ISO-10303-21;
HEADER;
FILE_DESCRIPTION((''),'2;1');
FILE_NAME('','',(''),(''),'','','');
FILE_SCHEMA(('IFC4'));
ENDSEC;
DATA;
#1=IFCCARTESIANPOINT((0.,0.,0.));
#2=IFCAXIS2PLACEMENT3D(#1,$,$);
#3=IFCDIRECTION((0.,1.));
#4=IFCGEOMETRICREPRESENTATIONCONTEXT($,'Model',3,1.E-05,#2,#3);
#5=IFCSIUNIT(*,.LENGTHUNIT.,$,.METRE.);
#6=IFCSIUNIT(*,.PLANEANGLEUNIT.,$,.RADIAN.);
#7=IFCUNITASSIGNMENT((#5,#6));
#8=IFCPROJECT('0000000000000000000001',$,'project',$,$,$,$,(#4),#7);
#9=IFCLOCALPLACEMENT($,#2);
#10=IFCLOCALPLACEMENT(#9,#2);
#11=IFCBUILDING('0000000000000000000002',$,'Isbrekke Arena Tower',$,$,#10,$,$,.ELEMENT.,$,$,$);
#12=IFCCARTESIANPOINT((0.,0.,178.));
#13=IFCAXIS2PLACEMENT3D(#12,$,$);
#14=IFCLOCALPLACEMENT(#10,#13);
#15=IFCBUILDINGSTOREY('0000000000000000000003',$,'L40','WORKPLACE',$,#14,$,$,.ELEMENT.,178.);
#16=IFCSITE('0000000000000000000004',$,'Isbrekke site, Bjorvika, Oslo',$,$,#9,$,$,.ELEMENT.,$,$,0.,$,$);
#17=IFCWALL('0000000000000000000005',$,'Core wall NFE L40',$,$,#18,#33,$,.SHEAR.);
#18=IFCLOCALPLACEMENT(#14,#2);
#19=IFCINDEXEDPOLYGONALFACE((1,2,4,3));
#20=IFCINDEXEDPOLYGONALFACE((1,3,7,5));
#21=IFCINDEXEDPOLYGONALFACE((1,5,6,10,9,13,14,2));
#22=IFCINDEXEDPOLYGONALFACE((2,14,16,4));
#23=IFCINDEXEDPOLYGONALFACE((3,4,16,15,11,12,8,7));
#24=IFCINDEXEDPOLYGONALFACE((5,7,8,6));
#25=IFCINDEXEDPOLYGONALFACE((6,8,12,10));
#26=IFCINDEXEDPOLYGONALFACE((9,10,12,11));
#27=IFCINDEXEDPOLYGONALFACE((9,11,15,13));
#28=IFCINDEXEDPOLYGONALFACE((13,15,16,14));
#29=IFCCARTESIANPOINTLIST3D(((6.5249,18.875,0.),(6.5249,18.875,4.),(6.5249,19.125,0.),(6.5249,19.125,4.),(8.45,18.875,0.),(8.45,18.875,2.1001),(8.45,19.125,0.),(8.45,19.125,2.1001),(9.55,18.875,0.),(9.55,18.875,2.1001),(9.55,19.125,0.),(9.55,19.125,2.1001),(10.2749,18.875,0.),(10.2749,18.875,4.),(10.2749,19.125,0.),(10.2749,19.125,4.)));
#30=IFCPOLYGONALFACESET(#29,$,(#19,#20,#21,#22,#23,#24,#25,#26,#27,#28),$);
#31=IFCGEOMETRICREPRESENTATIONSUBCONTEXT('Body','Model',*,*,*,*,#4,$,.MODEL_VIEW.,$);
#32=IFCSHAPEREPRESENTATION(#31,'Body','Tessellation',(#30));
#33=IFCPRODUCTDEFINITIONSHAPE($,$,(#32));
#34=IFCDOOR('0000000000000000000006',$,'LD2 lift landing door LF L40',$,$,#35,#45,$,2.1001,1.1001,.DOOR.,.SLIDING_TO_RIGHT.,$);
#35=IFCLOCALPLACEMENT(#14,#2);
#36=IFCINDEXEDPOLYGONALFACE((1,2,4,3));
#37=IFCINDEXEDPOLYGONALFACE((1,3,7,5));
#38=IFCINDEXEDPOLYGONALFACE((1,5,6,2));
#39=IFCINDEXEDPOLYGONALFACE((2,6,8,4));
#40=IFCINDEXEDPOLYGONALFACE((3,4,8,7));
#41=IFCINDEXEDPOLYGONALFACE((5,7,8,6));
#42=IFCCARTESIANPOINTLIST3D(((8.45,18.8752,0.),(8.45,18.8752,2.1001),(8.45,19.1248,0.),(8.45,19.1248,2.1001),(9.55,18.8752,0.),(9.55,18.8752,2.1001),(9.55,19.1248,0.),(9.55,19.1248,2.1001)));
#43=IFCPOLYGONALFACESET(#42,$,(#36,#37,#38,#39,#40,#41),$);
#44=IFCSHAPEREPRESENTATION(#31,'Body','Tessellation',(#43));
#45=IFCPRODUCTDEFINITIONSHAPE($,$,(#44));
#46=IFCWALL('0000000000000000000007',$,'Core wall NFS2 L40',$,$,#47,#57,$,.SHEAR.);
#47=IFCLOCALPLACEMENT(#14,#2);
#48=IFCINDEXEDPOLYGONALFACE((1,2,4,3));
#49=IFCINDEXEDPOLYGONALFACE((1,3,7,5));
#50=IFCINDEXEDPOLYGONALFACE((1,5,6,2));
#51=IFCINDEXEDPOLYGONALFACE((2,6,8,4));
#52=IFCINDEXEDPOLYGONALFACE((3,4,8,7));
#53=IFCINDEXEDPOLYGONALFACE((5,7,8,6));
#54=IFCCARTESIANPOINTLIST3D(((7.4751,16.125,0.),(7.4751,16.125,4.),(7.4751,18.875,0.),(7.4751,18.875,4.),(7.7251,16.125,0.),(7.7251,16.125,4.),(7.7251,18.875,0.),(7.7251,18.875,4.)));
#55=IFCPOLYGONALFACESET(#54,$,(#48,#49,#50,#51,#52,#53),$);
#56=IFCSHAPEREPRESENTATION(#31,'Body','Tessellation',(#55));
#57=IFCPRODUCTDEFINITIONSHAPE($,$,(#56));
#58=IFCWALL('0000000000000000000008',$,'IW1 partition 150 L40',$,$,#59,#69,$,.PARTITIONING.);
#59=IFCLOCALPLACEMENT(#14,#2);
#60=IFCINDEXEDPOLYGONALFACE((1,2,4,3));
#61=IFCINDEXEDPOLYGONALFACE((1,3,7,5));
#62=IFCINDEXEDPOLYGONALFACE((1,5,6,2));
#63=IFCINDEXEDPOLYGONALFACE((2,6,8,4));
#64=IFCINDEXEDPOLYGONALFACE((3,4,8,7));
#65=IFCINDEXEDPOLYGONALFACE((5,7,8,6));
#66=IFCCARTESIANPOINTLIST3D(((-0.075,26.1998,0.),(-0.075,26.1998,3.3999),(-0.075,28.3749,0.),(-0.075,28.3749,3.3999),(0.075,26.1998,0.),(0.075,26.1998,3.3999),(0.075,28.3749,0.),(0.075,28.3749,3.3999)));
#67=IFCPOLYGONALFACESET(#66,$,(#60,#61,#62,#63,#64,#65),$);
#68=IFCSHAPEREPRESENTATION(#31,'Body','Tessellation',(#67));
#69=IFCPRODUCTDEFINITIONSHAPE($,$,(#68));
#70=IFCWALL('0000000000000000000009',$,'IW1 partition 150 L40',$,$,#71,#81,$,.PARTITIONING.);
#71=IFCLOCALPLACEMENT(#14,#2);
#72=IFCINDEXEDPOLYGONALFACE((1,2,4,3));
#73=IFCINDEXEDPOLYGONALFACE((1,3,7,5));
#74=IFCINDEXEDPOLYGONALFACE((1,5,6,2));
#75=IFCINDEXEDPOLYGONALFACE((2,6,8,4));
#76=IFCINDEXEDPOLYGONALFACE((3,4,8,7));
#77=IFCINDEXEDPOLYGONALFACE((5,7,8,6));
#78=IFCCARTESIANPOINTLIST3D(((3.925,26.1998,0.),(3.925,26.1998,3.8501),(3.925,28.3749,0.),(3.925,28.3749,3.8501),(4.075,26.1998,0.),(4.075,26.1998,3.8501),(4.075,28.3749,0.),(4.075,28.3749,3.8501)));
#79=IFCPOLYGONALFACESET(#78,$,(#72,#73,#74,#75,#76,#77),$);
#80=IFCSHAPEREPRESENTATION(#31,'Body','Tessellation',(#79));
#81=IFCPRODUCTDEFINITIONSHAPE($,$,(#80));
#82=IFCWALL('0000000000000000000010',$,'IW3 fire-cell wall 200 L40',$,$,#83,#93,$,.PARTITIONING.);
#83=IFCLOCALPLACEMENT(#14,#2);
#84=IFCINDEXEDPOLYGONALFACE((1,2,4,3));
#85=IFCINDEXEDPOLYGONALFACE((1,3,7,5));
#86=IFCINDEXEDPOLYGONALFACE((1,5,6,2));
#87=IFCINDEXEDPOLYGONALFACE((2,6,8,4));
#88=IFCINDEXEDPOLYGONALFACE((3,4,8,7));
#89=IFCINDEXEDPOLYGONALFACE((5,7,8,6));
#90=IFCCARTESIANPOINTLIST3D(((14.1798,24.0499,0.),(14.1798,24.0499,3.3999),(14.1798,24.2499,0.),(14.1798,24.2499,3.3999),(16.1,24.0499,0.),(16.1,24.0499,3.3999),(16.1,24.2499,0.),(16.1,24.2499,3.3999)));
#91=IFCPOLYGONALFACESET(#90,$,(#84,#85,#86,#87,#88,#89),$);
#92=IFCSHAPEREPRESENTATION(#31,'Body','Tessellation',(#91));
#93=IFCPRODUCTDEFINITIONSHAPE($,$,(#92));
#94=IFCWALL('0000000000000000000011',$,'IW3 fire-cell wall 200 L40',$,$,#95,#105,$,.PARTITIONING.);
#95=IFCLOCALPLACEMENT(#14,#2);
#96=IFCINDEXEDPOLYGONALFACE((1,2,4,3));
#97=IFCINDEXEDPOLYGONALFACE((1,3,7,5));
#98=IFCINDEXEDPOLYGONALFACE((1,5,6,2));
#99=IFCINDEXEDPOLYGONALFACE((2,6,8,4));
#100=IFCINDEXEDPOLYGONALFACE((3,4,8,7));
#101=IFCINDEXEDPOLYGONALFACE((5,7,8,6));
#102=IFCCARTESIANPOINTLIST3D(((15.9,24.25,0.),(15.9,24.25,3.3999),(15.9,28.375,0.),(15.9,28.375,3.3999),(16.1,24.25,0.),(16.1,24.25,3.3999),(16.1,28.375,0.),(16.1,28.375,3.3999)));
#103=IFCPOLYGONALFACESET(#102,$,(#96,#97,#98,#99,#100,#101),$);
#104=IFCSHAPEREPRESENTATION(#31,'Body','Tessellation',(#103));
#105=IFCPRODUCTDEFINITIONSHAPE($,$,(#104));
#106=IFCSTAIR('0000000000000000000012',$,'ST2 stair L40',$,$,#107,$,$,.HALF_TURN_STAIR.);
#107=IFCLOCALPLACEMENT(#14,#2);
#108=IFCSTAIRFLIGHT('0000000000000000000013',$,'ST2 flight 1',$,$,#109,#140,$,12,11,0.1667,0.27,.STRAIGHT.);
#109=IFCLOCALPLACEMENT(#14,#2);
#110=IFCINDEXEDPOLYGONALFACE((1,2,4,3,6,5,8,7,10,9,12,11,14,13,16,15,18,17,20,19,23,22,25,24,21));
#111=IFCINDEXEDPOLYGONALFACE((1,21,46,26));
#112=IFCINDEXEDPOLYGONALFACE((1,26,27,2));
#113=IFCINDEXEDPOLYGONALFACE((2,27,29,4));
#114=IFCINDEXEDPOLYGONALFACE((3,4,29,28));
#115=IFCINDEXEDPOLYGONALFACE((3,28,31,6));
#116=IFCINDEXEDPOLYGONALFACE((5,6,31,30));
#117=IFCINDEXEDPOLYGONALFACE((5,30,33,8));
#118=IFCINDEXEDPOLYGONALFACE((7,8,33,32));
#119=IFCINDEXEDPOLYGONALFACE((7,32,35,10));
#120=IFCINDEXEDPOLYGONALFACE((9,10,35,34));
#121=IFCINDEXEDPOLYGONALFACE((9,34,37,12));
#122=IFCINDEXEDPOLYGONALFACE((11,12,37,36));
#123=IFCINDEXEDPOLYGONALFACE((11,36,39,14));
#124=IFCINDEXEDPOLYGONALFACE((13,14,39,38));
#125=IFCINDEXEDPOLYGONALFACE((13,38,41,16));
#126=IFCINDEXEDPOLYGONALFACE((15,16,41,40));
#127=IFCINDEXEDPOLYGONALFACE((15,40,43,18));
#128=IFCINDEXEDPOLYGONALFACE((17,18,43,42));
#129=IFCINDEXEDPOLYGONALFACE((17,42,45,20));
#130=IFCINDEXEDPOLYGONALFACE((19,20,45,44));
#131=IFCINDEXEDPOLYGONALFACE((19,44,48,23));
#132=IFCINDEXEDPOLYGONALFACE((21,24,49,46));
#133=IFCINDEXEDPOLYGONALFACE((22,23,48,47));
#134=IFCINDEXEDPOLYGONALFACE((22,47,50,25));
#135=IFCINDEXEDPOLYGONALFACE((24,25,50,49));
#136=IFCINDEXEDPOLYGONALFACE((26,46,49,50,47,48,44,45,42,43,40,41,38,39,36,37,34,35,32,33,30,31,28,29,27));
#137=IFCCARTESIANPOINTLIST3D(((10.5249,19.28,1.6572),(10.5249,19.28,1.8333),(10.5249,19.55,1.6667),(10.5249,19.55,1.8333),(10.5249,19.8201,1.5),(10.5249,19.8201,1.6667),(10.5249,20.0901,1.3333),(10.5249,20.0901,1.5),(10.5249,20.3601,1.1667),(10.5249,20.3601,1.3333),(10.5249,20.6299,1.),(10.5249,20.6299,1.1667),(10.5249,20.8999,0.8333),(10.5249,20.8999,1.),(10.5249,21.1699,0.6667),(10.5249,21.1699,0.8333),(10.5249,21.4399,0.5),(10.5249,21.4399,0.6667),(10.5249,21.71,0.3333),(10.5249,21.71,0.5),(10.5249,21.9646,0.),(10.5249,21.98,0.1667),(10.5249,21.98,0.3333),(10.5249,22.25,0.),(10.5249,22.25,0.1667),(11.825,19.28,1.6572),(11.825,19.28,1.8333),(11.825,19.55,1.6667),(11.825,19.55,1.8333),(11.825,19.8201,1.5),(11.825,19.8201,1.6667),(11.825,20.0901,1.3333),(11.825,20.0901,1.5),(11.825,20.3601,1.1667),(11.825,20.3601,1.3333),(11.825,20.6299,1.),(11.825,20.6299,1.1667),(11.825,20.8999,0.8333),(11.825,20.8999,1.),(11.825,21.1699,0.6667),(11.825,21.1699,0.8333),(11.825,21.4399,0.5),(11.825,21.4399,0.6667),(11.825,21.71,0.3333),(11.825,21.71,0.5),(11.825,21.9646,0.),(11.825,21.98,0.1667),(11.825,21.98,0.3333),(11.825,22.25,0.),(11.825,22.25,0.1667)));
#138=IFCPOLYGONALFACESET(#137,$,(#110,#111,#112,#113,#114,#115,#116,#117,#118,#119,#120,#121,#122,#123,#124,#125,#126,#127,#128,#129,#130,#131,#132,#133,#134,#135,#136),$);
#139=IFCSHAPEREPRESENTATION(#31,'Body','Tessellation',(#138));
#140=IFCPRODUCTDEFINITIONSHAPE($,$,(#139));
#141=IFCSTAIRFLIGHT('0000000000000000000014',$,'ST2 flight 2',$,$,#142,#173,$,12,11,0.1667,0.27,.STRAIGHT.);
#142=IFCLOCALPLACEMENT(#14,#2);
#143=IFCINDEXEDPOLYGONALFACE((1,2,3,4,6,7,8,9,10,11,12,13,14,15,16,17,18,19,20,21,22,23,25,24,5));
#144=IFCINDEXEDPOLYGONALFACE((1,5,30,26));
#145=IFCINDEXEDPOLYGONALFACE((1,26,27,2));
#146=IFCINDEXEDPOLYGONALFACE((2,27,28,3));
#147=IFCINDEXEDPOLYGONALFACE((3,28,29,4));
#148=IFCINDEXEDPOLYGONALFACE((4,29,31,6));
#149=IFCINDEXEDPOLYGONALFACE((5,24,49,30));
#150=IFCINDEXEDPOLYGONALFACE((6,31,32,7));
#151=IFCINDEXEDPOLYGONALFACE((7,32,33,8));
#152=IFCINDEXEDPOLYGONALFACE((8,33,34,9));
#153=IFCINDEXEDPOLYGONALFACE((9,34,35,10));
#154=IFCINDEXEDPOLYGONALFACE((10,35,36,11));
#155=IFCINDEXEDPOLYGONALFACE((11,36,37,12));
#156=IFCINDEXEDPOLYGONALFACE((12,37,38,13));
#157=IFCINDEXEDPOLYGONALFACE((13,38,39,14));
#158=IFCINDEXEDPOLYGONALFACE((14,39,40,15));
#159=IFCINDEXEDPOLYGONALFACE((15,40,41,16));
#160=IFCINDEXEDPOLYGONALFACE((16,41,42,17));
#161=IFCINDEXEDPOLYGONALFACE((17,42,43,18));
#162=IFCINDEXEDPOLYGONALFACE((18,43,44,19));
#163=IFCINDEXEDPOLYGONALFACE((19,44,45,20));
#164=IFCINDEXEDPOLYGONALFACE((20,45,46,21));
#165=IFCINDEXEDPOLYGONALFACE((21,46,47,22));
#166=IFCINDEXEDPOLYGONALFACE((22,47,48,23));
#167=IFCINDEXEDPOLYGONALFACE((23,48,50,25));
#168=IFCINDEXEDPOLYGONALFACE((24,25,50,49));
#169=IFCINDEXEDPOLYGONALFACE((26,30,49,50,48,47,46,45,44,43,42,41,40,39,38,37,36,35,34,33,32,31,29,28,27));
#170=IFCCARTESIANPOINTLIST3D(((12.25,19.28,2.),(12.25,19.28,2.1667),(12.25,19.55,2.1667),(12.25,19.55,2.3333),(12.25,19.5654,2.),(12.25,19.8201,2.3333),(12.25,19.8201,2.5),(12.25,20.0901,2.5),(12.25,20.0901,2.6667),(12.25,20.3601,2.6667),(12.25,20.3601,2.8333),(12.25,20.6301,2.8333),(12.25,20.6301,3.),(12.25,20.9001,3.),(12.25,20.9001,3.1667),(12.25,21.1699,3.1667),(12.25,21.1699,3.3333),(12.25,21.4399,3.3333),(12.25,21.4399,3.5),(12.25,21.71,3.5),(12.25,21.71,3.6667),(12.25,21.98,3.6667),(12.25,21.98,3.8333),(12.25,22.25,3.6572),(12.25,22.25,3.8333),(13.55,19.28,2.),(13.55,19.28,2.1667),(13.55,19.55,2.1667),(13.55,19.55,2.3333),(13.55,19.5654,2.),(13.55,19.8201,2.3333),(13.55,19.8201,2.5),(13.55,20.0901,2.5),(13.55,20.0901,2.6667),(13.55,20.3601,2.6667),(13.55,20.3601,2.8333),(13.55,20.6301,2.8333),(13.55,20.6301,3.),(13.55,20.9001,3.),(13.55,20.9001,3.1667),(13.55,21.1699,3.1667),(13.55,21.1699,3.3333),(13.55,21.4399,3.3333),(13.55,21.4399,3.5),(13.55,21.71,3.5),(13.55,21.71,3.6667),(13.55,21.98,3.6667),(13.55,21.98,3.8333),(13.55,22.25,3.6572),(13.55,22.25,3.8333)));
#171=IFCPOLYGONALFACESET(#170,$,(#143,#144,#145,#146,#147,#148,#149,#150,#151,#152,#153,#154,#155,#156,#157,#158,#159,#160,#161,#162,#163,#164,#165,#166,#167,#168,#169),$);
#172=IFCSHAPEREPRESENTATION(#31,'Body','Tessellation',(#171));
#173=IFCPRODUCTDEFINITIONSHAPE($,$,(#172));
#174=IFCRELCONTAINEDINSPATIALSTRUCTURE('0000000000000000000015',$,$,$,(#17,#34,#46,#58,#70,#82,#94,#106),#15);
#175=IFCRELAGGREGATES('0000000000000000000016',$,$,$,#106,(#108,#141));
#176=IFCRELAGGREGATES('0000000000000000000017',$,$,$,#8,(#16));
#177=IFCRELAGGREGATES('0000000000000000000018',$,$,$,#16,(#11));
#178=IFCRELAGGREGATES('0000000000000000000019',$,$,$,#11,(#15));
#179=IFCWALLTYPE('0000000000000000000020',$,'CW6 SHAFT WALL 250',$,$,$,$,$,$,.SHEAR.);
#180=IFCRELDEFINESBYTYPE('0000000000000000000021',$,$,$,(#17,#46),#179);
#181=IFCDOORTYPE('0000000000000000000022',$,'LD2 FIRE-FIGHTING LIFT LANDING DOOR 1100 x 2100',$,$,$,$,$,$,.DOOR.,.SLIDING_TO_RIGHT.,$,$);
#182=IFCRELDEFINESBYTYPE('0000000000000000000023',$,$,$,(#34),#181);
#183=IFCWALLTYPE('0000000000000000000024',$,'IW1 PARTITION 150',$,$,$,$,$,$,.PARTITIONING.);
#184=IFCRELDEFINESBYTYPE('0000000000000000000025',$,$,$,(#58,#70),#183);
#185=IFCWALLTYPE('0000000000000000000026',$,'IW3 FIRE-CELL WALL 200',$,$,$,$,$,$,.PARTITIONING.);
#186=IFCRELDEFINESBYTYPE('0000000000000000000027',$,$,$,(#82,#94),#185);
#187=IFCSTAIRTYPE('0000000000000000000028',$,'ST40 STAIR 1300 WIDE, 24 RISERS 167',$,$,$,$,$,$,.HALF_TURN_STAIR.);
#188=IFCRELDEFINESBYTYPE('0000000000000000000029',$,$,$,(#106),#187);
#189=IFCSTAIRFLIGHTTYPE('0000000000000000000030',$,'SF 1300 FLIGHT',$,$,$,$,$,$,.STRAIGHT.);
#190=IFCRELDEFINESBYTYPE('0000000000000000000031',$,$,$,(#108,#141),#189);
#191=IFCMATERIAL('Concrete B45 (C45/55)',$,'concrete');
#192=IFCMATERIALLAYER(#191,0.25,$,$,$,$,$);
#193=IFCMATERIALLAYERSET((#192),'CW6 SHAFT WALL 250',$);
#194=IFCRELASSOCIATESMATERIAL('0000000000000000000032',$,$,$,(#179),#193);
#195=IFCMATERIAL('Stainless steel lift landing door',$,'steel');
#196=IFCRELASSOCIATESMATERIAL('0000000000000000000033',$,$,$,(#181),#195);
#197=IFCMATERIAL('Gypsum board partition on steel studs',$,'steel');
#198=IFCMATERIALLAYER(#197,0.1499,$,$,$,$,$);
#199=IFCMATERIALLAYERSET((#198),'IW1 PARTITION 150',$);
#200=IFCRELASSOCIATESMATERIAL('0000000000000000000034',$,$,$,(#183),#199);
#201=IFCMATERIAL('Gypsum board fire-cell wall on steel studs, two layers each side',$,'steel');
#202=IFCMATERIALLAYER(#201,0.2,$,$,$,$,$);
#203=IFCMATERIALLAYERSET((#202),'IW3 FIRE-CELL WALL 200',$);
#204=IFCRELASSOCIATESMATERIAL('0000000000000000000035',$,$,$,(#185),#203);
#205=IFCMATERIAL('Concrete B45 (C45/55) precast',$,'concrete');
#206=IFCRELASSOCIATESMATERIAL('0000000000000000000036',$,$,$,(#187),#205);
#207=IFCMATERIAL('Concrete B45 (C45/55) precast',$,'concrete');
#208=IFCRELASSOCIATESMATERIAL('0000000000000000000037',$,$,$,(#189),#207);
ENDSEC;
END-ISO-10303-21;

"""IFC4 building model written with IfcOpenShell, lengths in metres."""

from ifc_helpers import new_model, si_unit, direction, frame, frame_2d, origin, place, context, subcontext, project, spatial, polyline, rectangle, outline, extrude, material, layer, layer_set, type_object, element, fill, aggregate, save


model = new_model("IFC4")

# Units and contexts
model_context = context("Model", 3, precision=1e-05, world=origin(), true_north=direction((0.0, 1.0)))
body_context = subcontext(model_context, "Body", "Model", "MODEL_VIEW")
ifc_project = project(units=[si_unit("LENGTHUNIT", "METRE"), si_unit("PLANEANGLEUNIT", "RADIAN")], contexts=[model_context])

# Site, building, storey
site_placement = place(None, origin())
site = spatial("IfcSite", under=ifc_project, at=site_placement, Name="Isbrekke site, Bjorvika, Oslo", CompositionType="ELEMENT", RefElevation=0.0)
building_placement = place(site_placement, origin())
building = spatial("IfcBuilding", under=site, at=building_placement, Name="Isbrekke Arena Tower", CompositionType="ELEMENT")
storey_placement = place(building_placement, frame((0.0, 0.0, 178.0)))
storey = spatial("IfcBuildingStorey", under=building, at=storey_placement, Name="L40", Description="WORKPLACE", CompositionType="ELEMENT", Elevation=178.0)

# Shared definitions
ifc_material_1 = material(Name="Concrete B45 (C45/55)", Category="concrete")
ifc_layer_1 = layer(ifc_material_1, 0.25)
ifc_layer_set_1 = layer_set([ifc_layer_1], Name="CW6 SHAFT WALL 250")
wall_type_1 = type_object("IfcWallType", Name="CW6 SHAFT WALL 250", PredefinedType="SHEAR", material=ifc_layer_set_1)

# Wall, opening, door
wall_1_placement = place(storey_placement, frame((6.5249, 19.0, 0.0), z_axis=(0.0, 0.0, 1.0), x_axis=(1.0, 0.0, 0.0)))
wall_1 = element("IfcWall", 1, at=wall_1_placement, inside=storey, type_object=wall_type_1, Name="Core wall NFE L40", PredefinedType="SHEAR", context=body_context, shape_type="SweptSolid", body=[
    extrude(rectangle(XDim=3.75, YDim=0.25, at=frame_2d((1.875, 0.0))), origin(), (0.0, 0.0, 1.0), 4.0),
])
opening_1_placement = place(wall_1_placement, frame((1.925, 0.0, 0.0)))
opening_1 = element("IfcOpeningElement", 2, at=opening_1_placement, cuts=wall_1, PredefinedType="OPENING", context=body_context, shape_type="SweptSolid", body=[
    extrude(rectangle(XDim=1.1001, YDim=2.1001, at=frame_2d((0.55, 1.05))), frame((0.0, 0.1399, 0.0), z_axis=(0.0, -1.0, 0.0), x_axis=(1.0, 0.0, 0.0)), (0.0, 0.0, 1.0), 0.2798),
])
ifc_material_2 = material(Name="Stainless steel lift landing door", Category="steel")
door_type_1 = type_object("IfcDoorType", Name="LD2 FIRE-FIGHTING LIFT LANDING DOOR 1100 x 2100", OperationType="SLIDING_TO_RIGHT", PredefinedType="DOOR", material=ifc_material_2)
door_1_placement = place(opening_1_placement, origin())
door_1 = element("IfcDoor", 3, at=door_1_placement, inside=storey, type_object=door_type_1, Name="LD2 lift landing door LF L40", OperationType="SLIDING_TO_RIGHT", OverallHeight=2.1001, OverallWidth=1.1001, PredefinedType="DOOR", context=body_context, shape_type="SweptSolid", body=[
    extrude(rectangle(XDim=1.1001, YDim=2.1001, at=frame_2d((0.55, 1.05))), frame((0.0, 0.1248, 0.0), z_axis=(0.0, -1.0, 0.0), x_axis=(1.0, 0.0, 0.0)), (0.0, 0.0, 1.0), 0.2495),
])
fill(opening_1, door_1)

# Walls
wall_2_placement = place(storey_placement, frame((7.6001, 16.125, 0.0), z_axis=(0.0, 0.0, 1.0), x_axis=(0.0, 1.0, 0.0)))
element("IfcWall", 4, at=wall_2_placement, inside=storey, type_object=wall_type_1, Name="Core wall NFS2 L40", PredefinedType="SHEAR", context=body_context, shape_type="SweptSolid", body=[
    extrude(rectangle(XDim=2.75, YDim=0.25, at=frame_2d((1.375, 0.0))), origin(), (0.0, 0.0, 1.0), 4.0),
])
ifc_material_3 = material(Name="Gypsum board partition on steel studs", Category="steel")
ifc_layer_2 = layer(ifc_material_3, 0.1499)
ifc_layer_set_2 = layer_set([ifc_layer_2], Name="IW1 PARTITION 150")
wall_type_2 = type_object("IfcWallType", Name="IW1 PARTITION 150", PredefinedType="PARTITIONING", material=ifc_layer_set_2)
wall_3_placement = place(storey_placement, frame((0.0, 26.2, 0.0), z_axis=(0.0, 0.0, 1.0), x_axis=(0.0, 1.0, 0.0)))
element("IfcWall", 5, at=wall_3_placement, inside=storey, type_object=wall_type_2, Name="IW1 partition 150 L40", PredefinedType="PARTITIONING", context=body_context, shape_type="SweptSolid", body=[
    extrude(rectangle(XDim=2.175, YDim=0.1499, at=frame_2d((1.0874, 0.0))), origin(), (0.0, 0.0, 1.0), 3.3999),
])
wall_4_placement = place(storey_placement, frame((4.0, 26.2, 0.0), z_axis=(0.0, 0.0, 1.0), x_axis=(0.0, 1.0, 0.0)))
element("IfcWall", 6, at=wall_4_placement, inside=storey, type_object=wall_type_2, Name="IW1 partition 150 L40", PredefinedType="PARTITIONING", context=body_context, shape_type="SweptSolid", body=[
    extrude(rectangle(XDim=2.175, YDim=0.1499, at=frame_2d((1.0874, 0.0))), origin(), (0.0, 0.0, 1.0), 3.8501),
])
ifc_material_4 = material(Name="Gypsum board fire-cell wall on steel studs, two layers each side", Category="steel")
ifc_layer_3 = layer(ifc_material_4, 0.2)
ifc_layer_set_3 = layer_set([ifc_layer_3], Name="IW3 FIRE-CELL WALL 200")
wall_type_3 = type_object("IfcWallType", Name="IW3 FIRE-CELL WALL 200", PredefinedType="PARTITIONING", material=ifc_layer_set_3)
wall_5_placement = place(storey_placement, frame((14.1799, 24.1499, 0.0), z_axis=(0.0, 0.0, 1.0), x_axis=(1.0, 0.0, 0.0)))
element("IfcWall", 7, at=wall_5_placement, inside=storey, type_object=wall_type_3, Name="IW3 fire-cell wall 200 L40", PredefinedType="PARTITIONING", context=body_context, shape_type="SweptSolid", body=[
    extrude(rectangle(XDim=1.9202, YDim=0.2, at=frame_2d((0.96, 0.0))), origin(), (0.0, 0.0, 1.0), 3.3999),
])
wall_6_placement = place(storey_placement, frame((16.0, 24.25, 0.0), z_axis=(0.0, 0.0, 1.0), x_axis=(0.0, 1.0, 0.0)))
element("IfcWall", 8, at=wall_6_placement, inside=storey, type_object=wall_type_3, Name="IW3 fire-cell wall 200 L40", PredefinedType="PARTITIONING", context=body_context, shape_type="SweptSolid", body=[
    extrude(rectangle(XDim=4.125, YDim=0.2, at=frame_2d((2.0625, 0.0))), origin(), (0.0, 0.0, 1.0), 3.3999),
])

# Stair, stair flights
ifc_material_5 = material(Name="Concrete B45 (C45/55) precast", Category="concrete")
stair_type = type_object("IfcStairType", Name="ST40 STAIR 1300 WIDE, 24 RISERS 167", PredefinedType="HALF_TURN_STAIR", material=ifc_material_5)
stair_placement = place(storey_placement, origin())
stair = element("IfcStair", 9, at=stair_placement, inside=storey, type_object=stair_type, Name="ST2 stair L40", PredefinedType="HALF_TURN_STAIR")
ifc_material_6 = material(Name="Concrete B45 (C45/55) precast", Category="concrete")
stair_flight_type = type_object("IfcStairFlightType", Name="SF 1300 FLIGHT", PredefinedType="STRAIGHT", material=ifc_material_6)
stair_flight_1_placement = place(storey_placement, frame((11.175, 22.25, 0.0), z_axis=(0.0, 0.0, 1.0), x_axis=(0.0, -1.0, 0.0)))
stair_flight_1 = element("IfcStairFlight", 10, at=stair_flight_1_placement, type_object=stair_flight_type, Name="ST2 flight 1", NumberOfRisers=12, NumberOfTreads=11, PredefinedType="STRAIGHT", RiserHeight=0.1667, TreadLength=0.27, context=body_context, shape_type="SweptSolid", body=[
    extrude(outline(polyline([(0.0, 0.0), (0.0, 0.1667), (0.27, 0.1667), (0.27, 0.3333), (0.54, 0.3333), (0.54, 0.5), (0.8101, 0.5), (0.8101, 0.6667), (1.0801, 0.6667), (1.0801, 0.8333), (1.3501, 0.8333), (1.3501, 1.0), (1.6201, 1.0), (1.6201, 1.1667), (1.8899, 1.1667), (1.8899, 1.3333), (2.1599, 1.3333), (2.1599, 1.5), (2.4299, 1.5), (2.4299, 1.6667), (2.7, 1.6667), (2.7, 1.8333), (2.97, 1.8333), (2.97, 2.0), (2.97, 1.6572), (0.2854, 0.0), (0.0, 0.0)])), frame((0.0, 0.6499, 0.0), z_axis=(0.0, -1.0, 0.0), x_axis=(1.0, 0.0, 0.0)), (0.0, 0.0, 1.0), 1.3),
])
stair_flight_2_placement = place(storey_placement, frame((12.8999, 19.28, 2.0), z_axis=(0.0, 0.0, 1.0), x_axis=(0.0, 1.0, 0.0)))
stair_flight_2 = element("IfcStairFlight", 11, at=stair_flight_2_placement, type_object=stair_flight_type, Name="ST2 flight 2", NumberOfRisers=12, NumberOfTreads=11, PredefinedType="STRAIGHT", RiserHeight=0.1667, TreadLength=0.27, context=body_context, shape_type="SweptSolid", body=[
    extrude(outline(polyline([(0.0, 0.0), (0.0, 0.1667), (0.27, 0.1667), (0.27, 0.3333), (0.54, 0.3333), (0.54, 0.5), (0.8101, 0.5), (0.8101, 0.6667), (1.0801, 0.6667), (1.0801, 0.8333), (1.3501, 0.8333), (1.3501, 1.0), (1.6201, 1.0), (1.6201, 1.1667), (1.8899, 1.1667), (1.8899, 1.3333), (2.1599, 1.3333), (2.1599, 1.5), (2.4299, 1.5), (2.4299, 1.6667), (2.7, 1.6667), (2.7, 1.8333), (2.97, 1.8333), (2.97, 2.0), (2.97, 1.6572), (0.2854, 0.0), (0.0, 0.0)])), frame((0.0, 0.6499, 0.0), z_axis=(0.0, -1.0, 0.0), x_axis=(1.0, 0.0, 0.0)), (0.0, 0.0, 1.0), 1.3),
])
aggregate(stair, [stair_flight_1, stair_flight_2])

save(model, "model.ifc")
